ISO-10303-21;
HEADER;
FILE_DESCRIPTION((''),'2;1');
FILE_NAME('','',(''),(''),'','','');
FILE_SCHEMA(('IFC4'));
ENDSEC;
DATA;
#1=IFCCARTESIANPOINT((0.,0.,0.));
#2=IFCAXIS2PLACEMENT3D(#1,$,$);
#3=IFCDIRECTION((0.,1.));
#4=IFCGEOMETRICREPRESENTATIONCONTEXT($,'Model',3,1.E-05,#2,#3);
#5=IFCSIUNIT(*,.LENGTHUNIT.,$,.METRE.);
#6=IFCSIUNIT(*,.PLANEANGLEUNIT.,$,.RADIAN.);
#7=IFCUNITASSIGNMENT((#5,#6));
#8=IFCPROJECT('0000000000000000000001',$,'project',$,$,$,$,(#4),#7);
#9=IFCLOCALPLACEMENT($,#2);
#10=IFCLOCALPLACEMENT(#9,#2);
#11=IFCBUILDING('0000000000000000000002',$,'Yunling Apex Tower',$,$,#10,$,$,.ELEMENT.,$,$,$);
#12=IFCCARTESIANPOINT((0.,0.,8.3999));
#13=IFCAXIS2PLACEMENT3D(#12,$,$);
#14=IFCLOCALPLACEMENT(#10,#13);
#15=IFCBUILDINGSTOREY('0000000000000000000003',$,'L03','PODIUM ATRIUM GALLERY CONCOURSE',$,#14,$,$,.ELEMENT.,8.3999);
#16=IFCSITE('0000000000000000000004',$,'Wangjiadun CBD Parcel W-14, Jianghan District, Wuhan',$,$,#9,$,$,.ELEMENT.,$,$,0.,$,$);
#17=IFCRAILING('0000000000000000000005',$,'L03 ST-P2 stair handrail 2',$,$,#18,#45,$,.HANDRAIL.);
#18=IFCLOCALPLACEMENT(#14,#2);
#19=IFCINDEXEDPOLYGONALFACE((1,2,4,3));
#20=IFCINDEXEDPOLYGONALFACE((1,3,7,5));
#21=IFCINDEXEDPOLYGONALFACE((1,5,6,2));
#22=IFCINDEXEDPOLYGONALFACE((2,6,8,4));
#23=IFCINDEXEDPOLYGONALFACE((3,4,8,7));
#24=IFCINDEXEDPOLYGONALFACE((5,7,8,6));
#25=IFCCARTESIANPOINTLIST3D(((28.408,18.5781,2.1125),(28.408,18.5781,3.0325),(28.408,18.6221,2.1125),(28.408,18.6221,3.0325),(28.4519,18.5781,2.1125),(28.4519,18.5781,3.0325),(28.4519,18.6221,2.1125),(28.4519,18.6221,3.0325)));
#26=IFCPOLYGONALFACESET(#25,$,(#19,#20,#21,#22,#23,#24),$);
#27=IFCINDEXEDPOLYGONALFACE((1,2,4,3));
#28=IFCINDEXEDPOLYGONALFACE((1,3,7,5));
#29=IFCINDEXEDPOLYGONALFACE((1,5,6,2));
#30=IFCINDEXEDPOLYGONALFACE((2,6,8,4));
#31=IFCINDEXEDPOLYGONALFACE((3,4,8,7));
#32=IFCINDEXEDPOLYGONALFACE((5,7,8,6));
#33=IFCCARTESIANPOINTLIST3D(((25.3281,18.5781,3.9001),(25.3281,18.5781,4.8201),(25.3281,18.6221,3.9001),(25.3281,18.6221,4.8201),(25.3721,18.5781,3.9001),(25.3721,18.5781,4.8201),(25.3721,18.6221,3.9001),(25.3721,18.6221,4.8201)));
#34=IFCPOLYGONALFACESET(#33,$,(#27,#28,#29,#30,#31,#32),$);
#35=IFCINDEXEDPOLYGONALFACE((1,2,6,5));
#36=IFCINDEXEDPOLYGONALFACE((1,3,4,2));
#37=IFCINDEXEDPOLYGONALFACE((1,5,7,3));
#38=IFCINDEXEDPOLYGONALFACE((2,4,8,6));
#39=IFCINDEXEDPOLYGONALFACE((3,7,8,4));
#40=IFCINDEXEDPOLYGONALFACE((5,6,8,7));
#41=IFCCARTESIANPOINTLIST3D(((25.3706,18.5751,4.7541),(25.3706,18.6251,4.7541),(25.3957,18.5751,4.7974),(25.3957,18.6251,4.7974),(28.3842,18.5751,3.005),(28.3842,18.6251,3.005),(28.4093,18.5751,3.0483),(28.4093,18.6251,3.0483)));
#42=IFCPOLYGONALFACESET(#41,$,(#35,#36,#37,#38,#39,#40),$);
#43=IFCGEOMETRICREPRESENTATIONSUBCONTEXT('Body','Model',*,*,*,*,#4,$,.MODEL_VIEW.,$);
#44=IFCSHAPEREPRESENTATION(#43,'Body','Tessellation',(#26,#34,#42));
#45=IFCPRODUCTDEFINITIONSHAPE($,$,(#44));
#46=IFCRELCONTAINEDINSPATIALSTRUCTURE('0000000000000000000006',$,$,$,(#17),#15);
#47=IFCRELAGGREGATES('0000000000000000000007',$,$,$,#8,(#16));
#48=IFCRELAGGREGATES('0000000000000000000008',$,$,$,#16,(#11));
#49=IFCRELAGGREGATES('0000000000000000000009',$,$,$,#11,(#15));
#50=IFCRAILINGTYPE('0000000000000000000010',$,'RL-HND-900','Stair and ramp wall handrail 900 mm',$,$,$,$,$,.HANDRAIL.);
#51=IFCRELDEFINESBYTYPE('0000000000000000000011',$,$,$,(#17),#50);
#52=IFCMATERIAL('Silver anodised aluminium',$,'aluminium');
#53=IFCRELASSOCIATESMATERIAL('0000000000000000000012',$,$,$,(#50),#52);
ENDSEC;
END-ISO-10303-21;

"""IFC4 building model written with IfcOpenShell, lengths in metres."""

from ifc_helpers import new_model, si_unit, direction, frame, origin, origin_2d, place, context, subcontext, project, spatial, rectangle, extrude, material, type_object, element, save


model = new_model("IFC4")

# Units and contexts
model_context = context("Model", 3, precision=1e-05, world=origin(), true_north=direction((0.0, 1.0)))
body_context = subcontext(model_context, "Body", "Model", "MODEL_VIEW")
ifc_project = project(units=[si_unit("LENGTHUNIT", "METRE"), si_unit("PLANEANGLEUNIT", "RADIAN")], contexts=[model_context])

# Site, building, storey
site_placement = place(None, origin())
site = spatial("IfcSite", under=ifc_project, at=site_placement, Name="Wangjiadun CBD Parcel W-14, Jianghan District, Wuhan", CompositionType="ELEMENT", RefElevation=0.0)
building_placement = place(site_placement, origin())
building = spatial("IfcBuilding", under=site, at=building_placement, Name="Yunling Apex Tower", CompositionType="ELEMENT")
storey_placement = place(building_placement, frame((0.0, 0.0, 8.3999)))
storey = spatial("IfcBuildingStorey", under=building, at=storey_placement, Name="L03", Description="PODIUM ATRIUM GALLERY CONCOURSE", CompositionType="ELEMENT", Elevation=8.3999)

# Railing
ifc_material_1 = material(Name="Silver anodised aluminium", Category="aluminium")
railing_type_1 = type_object("IfcRailingType", Name="RL-HND-900", Description="Stair and ramp wall handrail 900 mm", PredefinedType="HANDRAIL", material=ifc_material_1)
railing_1_placement = place(storey_placement, frame((28.4299, 18.6001, 2.1125)))
element("IfcRailing", 1, at=railing_1_placement, inside=storey, type_object=railing_type_1, Name="L03 ST-P2 stair handrail 2", PredefinedType="HANDRAIL", context=body_context, shape_type="SweptSolid", body=[
    extrude(rectangle(XDim=0.0439, YDim=0.0439, at=origin_2d()), origin(), (0.0, 0.0, 1.0), 0.9199),
    extrude(rectangle(XDim=0.0439, YDim=0.0439, at=origin_2d()), frame((-3.0798, 0.0, 1.7876)), (0.0, 0.0, 1.0), 0.9199),
    extrude(rectangle(XDim=0.05, YDim=0.05, at=origin_2d()), frame((-0.0332, 0.0, 0.9141), z_axis=(-0.864873, 0.0, 0.50199), x_axis=(0.0, -1.0, 0.0)), (0.0, 0.0, 1.0), 3.4844),
])

save(model, "model.ifc")
